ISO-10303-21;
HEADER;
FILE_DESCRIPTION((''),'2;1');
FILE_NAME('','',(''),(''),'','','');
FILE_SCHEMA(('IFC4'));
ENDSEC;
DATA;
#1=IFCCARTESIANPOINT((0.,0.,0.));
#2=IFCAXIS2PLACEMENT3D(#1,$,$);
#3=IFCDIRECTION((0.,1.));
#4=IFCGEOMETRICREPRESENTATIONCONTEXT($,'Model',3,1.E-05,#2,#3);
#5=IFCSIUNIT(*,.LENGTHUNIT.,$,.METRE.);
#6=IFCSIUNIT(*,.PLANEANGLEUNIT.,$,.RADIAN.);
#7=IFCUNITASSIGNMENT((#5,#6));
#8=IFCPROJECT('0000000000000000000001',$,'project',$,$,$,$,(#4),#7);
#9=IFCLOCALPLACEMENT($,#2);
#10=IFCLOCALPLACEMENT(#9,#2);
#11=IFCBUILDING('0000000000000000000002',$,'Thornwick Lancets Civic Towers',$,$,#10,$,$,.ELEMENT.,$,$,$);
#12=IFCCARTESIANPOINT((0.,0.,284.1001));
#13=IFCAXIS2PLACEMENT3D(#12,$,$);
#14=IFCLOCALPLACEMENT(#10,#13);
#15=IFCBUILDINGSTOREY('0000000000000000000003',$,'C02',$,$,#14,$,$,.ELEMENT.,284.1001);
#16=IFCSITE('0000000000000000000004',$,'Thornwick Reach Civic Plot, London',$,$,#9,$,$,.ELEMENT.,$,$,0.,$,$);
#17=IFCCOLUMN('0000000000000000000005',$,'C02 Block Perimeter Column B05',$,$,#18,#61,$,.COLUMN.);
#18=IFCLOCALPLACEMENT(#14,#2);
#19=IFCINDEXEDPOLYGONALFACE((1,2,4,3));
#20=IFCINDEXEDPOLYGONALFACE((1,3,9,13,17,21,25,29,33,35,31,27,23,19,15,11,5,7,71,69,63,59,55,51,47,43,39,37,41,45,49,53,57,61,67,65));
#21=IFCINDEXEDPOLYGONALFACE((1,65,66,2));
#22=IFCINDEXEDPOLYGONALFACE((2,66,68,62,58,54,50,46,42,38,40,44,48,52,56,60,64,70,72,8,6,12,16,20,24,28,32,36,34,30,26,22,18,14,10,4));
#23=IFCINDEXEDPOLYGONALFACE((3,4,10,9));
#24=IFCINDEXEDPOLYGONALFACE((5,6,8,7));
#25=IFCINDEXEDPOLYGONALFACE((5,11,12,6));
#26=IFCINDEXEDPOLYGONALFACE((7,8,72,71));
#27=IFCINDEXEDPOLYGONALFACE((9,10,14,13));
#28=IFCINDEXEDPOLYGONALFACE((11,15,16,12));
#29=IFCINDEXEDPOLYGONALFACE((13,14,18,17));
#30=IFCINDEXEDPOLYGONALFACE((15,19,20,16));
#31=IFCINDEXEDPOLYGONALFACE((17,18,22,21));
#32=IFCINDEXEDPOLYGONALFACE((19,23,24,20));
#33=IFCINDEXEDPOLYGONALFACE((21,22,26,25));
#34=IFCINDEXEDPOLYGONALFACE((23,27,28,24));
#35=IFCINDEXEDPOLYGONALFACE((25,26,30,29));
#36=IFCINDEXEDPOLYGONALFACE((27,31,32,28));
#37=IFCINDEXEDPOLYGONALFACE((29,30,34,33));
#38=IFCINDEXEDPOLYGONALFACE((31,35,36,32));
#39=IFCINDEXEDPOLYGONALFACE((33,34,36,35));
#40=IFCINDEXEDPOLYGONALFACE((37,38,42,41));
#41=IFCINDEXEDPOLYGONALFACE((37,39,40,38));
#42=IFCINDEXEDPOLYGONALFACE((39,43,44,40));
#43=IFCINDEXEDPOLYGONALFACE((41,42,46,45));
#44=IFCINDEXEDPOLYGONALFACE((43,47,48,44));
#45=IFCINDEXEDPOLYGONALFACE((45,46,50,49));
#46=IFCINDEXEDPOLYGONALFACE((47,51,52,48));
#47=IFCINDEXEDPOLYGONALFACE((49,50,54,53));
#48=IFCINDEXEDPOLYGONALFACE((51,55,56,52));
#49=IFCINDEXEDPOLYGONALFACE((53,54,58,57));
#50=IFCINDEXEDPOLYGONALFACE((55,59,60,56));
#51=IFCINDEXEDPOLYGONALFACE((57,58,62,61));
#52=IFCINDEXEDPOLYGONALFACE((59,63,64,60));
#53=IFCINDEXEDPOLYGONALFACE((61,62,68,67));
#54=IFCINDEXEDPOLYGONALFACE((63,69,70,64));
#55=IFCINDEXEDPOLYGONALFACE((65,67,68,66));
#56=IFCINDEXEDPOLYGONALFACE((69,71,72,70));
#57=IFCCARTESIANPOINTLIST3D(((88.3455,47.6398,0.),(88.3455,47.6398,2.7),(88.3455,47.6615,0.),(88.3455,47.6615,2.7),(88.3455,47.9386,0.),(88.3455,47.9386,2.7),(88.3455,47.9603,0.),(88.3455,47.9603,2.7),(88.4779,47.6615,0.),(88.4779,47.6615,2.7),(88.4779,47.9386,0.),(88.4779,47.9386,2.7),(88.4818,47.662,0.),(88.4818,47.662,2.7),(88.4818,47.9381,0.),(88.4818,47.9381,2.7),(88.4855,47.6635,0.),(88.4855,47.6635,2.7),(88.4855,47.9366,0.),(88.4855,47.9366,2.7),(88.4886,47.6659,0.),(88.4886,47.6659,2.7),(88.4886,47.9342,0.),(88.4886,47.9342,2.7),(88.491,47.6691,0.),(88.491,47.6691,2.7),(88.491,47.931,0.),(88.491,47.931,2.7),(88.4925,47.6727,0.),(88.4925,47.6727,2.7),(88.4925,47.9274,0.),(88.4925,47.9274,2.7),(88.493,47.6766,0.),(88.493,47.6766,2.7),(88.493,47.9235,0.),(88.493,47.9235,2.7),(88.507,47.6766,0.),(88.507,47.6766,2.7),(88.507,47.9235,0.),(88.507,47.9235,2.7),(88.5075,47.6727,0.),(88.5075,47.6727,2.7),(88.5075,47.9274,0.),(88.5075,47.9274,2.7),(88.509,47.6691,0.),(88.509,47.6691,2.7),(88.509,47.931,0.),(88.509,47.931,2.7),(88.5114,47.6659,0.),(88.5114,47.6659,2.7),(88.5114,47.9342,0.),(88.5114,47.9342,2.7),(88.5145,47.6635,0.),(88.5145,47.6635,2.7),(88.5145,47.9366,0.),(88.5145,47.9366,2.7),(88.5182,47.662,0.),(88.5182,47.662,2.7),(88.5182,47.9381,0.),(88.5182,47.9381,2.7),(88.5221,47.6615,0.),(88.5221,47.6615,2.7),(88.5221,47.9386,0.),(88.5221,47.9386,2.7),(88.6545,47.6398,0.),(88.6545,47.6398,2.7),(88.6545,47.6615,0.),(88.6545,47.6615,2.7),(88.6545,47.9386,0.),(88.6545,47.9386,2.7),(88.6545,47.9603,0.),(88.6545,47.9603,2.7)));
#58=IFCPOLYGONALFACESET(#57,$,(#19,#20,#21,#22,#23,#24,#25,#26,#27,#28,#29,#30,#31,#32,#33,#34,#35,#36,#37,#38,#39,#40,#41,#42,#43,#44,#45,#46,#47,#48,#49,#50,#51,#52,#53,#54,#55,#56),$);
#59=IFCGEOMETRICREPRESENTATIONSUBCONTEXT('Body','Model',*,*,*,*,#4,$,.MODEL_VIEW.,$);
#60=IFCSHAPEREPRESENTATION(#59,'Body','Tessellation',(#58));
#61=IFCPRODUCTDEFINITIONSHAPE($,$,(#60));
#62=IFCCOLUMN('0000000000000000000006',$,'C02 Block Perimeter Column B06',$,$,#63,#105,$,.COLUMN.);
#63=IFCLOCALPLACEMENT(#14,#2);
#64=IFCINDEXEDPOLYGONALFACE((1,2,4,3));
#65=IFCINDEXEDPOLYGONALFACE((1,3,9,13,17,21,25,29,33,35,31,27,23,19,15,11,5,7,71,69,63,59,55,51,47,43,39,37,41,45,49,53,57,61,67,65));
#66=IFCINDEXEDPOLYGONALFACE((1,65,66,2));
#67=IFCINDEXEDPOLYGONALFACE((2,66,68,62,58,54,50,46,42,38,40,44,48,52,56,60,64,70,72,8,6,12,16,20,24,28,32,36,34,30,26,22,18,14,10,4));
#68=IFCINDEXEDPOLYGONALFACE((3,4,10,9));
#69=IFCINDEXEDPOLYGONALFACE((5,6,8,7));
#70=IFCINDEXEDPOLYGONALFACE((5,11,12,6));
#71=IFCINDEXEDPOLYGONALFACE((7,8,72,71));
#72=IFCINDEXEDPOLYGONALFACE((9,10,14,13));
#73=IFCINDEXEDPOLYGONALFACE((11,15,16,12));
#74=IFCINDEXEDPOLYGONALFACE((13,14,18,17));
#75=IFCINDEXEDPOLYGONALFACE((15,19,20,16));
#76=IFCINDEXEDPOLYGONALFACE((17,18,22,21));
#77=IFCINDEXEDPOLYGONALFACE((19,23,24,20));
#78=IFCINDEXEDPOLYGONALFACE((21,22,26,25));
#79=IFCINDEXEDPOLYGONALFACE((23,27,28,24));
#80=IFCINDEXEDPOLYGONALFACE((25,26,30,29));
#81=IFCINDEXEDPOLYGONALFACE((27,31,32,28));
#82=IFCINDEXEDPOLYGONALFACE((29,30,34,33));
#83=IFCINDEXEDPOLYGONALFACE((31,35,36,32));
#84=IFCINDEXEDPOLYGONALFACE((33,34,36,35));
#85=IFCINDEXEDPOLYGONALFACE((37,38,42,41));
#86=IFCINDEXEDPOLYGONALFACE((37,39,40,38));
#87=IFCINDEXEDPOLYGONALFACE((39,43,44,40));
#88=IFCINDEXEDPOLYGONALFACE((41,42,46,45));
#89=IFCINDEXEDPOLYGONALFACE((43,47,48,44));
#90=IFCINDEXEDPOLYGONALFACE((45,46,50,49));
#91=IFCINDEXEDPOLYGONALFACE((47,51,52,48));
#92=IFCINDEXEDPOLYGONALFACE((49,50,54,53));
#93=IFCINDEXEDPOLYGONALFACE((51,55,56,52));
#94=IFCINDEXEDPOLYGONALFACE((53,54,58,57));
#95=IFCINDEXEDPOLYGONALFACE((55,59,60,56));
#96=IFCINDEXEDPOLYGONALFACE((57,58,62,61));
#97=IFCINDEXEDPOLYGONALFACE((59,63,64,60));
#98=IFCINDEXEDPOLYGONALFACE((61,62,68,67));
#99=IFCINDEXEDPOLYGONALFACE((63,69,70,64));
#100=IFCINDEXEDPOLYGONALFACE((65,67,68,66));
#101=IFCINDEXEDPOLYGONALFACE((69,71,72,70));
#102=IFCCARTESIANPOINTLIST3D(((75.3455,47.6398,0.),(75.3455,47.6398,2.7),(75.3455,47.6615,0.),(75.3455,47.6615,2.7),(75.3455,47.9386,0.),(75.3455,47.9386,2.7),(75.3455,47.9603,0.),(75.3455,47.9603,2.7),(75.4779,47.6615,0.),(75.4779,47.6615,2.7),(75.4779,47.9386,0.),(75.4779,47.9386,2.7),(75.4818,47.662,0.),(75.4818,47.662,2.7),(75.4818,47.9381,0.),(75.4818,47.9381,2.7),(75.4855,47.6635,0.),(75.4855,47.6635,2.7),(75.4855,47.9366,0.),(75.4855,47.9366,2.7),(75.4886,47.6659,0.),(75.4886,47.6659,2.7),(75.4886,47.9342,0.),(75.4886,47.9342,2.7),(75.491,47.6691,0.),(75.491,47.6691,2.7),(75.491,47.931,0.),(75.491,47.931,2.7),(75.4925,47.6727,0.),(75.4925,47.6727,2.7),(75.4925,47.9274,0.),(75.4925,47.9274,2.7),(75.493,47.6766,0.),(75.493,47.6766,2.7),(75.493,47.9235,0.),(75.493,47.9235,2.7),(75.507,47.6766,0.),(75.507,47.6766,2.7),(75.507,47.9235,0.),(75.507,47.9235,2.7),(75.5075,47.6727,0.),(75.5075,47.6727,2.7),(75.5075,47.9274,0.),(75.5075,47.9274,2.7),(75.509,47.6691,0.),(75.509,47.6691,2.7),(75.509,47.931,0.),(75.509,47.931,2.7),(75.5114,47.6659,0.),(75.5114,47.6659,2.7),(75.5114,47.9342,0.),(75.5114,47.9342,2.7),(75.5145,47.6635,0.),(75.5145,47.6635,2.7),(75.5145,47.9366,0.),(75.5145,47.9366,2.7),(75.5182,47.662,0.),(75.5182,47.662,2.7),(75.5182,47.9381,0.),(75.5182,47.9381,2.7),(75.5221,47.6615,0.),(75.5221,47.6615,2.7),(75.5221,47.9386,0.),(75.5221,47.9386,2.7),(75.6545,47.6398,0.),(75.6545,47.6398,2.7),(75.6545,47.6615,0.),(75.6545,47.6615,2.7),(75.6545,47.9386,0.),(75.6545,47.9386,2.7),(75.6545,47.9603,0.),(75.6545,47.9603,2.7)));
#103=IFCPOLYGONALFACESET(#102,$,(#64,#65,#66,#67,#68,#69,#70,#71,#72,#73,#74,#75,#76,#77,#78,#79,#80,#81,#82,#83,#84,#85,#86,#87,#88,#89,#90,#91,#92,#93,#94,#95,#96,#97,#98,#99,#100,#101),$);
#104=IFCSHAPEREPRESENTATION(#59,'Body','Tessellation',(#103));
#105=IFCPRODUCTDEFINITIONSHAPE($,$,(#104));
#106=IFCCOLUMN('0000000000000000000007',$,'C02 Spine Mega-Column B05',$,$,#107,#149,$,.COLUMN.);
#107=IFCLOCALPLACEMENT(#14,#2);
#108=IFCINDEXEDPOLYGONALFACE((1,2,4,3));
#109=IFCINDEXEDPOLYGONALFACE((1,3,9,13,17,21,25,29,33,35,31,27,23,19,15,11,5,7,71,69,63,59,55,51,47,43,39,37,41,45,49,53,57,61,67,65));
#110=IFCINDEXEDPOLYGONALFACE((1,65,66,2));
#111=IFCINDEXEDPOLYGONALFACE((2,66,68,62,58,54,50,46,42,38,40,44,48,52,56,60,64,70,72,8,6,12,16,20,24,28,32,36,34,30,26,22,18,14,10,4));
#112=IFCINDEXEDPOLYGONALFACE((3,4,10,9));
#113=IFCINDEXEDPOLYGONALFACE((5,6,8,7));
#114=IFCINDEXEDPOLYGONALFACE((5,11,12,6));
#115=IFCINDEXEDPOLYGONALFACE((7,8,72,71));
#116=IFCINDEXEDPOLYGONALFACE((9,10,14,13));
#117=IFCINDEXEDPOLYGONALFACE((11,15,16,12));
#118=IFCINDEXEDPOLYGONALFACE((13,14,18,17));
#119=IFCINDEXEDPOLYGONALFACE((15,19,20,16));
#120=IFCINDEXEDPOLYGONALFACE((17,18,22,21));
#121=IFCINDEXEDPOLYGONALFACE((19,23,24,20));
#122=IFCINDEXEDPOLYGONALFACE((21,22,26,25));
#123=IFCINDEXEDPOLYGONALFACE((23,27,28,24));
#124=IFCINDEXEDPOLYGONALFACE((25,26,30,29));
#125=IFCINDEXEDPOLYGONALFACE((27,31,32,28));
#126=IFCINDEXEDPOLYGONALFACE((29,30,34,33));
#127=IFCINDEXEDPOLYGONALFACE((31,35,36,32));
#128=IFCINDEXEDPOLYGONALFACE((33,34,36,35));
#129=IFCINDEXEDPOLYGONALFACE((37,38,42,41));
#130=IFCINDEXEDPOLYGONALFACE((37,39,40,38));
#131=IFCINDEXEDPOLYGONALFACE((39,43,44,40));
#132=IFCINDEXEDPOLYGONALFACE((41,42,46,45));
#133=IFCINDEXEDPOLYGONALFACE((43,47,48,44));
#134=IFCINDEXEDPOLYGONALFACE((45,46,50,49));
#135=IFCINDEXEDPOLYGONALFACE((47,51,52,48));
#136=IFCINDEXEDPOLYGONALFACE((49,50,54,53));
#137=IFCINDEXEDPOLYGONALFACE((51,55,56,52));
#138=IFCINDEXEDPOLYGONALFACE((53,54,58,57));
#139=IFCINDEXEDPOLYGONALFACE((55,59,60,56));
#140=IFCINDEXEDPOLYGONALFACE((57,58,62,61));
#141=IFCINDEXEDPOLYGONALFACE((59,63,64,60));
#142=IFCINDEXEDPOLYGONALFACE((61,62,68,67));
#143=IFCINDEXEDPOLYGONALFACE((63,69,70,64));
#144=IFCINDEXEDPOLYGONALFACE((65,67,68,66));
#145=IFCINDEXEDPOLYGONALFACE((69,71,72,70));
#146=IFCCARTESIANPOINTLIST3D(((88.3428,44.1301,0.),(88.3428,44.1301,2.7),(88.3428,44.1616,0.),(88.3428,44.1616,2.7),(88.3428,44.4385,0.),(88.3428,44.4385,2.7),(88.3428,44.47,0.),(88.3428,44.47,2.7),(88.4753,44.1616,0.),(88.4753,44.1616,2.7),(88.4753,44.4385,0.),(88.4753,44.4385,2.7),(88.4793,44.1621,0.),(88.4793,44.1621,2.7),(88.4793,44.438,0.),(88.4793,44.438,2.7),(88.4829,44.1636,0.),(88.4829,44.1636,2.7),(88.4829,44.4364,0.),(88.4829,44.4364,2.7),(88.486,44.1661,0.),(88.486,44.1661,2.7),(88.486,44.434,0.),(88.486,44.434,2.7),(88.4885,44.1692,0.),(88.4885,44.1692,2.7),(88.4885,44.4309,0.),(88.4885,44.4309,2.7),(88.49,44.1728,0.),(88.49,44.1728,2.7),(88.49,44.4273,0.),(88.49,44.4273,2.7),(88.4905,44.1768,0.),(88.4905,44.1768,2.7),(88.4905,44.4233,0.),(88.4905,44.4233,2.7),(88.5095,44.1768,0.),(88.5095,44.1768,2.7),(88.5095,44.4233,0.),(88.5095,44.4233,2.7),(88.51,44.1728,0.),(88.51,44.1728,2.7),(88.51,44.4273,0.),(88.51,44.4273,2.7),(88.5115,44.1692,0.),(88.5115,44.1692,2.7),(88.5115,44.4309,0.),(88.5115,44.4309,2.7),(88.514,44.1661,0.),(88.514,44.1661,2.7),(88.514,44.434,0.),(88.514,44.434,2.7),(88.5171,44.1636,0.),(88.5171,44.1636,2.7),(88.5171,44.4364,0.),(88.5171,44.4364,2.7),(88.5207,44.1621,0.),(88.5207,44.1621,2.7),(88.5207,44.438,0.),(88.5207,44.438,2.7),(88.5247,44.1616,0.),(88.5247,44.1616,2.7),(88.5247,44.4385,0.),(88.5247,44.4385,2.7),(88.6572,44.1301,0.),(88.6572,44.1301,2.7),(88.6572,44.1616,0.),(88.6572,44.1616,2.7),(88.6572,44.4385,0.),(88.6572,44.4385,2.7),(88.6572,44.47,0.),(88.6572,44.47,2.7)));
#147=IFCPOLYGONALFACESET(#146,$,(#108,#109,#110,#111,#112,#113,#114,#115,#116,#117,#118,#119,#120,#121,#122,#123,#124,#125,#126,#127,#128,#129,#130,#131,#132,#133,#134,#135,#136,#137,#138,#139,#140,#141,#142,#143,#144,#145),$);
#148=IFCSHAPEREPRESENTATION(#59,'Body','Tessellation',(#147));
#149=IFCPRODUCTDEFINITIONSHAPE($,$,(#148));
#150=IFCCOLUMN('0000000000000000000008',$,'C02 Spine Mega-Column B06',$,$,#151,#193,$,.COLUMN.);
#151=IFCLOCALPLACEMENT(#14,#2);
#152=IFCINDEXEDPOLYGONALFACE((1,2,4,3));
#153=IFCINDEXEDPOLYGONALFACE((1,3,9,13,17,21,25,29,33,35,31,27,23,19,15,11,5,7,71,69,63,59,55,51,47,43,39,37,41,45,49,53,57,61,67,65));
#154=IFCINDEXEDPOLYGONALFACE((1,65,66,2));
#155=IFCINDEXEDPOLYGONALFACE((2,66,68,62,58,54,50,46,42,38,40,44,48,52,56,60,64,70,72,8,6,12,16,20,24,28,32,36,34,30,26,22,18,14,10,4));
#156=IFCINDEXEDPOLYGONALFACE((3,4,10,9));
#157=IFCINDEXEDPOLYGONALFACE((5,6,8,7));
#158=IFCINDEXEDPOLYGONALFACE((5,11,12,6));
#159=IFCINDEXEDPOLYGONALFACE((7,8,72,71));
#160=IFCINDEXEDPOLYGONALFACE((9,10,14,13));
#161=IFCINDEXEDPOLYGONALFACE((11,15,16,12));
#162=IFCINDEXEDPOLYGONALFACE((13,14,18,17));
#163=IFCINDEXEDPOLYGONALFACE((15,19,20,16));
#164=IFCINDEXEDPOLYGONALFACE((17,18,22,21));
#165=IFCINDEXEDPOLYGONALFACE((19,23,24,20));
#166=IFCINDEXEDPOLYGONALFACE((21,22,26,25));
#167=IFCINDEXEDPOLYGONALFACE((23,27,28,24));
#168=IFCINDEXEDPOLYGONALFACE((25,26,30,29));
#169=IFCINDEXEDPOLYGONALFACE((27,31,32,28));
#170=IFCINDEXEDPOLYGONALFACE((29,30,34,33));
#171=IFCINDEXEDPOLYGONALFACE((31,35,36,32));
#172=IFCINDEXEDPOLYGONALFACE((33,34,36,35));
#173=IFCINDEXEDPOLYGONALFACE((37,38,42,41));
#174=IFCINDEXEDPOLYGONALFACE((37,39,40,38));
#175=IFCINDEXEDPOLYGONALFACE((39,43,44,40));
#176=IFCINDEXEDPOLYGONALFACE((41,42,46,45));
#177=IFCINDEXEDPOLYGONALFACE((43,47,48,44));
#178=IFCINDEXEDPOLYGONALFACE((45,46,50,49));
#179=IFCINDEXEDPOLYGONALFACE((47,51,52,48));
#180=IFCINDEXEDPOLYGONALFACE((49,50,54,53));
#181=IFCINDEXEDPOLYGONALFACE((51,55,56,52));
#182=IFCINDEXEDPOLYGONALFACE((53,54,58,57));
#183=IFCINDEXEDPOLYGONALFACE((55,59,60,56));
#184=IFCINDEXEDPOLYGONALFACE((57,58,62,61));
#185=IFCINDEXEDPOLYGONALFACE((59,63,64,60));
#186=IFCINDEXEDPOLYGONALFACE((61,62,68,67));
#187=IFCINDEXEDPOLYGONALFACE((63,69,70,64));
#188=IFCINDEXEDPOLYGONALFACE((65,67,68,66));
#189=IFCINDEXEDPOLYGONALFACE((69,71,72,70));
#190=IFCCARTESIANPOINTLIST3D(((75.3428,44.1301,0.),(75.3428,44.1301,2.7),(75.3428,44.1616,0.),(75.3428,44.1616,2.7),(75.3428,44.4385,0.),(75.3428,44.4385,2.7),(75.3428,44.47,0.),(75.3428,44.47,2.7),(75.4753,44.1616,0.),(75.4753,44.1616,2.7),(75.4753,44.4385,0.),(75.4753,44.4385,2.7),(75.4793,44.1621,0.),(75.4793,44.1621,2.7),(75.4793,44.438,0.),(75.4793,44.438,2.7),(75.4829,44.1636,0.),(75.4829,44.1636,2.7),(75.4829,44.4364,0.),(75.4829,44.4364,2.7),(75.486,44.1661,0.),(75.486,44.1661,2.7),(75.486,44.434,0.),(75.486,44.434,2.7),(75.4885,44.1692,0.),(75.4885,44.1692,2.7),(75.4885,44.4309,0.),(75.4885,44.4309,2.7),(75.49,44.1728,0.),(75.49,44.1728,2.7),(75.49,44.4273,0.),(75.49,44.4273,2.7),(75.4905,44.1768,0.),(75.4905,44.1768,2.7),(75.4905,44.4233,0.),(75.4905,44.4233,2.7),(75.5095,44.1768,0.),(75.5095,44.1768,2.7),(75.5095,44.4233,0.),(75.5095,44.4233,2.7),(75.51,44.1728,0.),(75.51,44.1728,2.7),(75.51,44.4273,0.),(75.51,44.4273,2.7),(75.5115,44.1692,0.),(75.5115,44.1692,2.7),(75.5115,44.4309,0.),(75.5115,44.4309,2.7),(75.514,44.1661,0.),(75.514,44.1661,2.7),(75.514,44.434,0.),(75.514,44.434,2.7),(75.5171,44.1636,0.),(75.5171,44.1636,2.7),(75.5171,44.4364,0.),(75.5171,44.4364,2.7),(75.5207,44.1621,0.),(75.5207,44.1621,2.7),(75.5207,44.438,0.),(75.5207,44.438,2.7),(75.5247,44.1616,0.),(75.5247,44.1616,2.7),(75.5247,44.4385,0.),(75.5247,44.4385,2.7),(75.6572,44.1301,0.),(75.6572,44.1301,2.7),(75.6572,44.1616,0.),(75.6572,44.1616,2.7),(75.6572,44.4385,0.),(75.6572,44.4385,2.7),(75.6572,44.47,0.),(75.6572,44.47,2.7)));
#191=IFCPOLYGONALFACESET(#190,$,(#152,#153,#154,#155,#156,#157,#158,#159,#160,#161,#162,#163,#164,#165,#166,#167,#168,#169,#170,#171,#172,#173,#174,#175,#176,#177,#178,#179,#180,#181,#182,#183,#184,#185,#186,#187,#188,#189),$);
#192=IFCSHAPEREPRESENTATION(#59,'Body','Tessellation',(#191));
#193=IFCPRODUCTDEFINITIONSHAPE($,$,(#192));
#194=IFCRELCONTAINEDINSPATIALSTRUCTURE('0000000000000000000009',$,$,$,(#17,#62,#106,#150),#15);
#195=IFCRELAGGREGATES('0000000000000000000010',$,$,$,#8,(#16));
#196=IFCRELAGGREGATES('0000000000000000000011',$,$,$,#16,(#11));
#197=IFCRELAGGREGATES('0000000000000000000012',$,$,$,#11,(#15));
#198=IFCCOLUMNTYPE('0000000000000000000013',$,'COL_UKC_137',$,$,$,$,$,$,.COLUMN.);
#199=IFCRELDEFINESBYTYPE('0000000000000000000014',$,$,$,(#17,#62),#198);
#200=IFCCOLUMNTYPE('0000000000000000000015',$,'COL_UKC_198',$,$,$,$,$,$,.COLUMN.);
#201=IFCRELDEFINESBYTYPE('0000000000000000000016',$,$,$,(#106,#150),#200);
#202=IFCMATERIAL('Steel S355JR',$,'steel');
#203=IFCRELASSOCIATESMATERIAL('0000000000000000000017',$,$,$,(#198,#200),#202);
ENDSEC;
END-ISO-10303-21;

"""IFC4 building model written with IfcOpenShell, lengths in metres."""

from ifc_helpers import new_model, si_unit, direction, frame, origin, origin_2d, place, context, subcontext, project, spatial, i_section, extrude, material, material_profile, profile_set, type_object, element, save


model = new_model("IFC4")

# Units and contexts
model_context = context("Model", 3, precision=1e-05, world=origin(), true_north=direction((0.0, 1.0)))
body_context = subcontext(model_context, "Body", "Model", "MODEL_VIEW")
ifc_project = project(units=[si_unit("LENGTHUNIT", "METRE"), si_unit("PLANEANGLEUNIT", "RADIAN")], contexts=[model_context])

# Site, building, storey
site_placement = place(None, origin())
site = spatial("IfcSite", under=ifc_project, at=site_placement, Name="Thornwick Reach Civic Plot, London", CompositionType="ELEMENT", RefElevation=0.0)
building_placement = place(site_placement, origin())
building = spatial("IfcBuilding", under=site, at=building_placement, Name="Thornwick Lancets Civic Towers", CompositionType="ELEMENT")
storey_placement = place(building_placement, frame((0.0, 0.0, 284.1001)))
storey = spatial("IfcBuildingStorey", under=building, at=storey_placement, Name="C02", CompositionType="ELEMENT", Elevation=284.1001)

# Columns
ifc_material_1 = material(Name="Steel S355JR", Category="steel")
ifc_material_profile_1 = material_profile(ifc_material_1, i_section(OverallWidth=0.3091, OverallDepth=0.3206, WebThickness=0.0139, FlangeThickness=0.0217, FilletRadius=0.0151, at=origin_2d()), Name="UKC 305x305x137")
ifc_profile_set_1 = profile_set([ifc_material_profile_1], Name="Steel S355JR")
column_type_1 = type_object("IfcColumnType", Name="COL_UKC_137", PredefinedType="COLUMN", material=ifc_profile_set_1)
for number, where, z_axis, x_axis, name in (
    (1, (88.5, 47.8, 0.0), (0.0, 0.0, 1.0), (1.0, 0.0, 0.0), "C02 Block Perimeter Column B05"),
    (2, (75.5, 47.8, 0.0), (0.0, 0.0, 1.0), (1.0, 0.0, 0.0), "C02 Block Perimeter Column B06"),
):
    element("IfcColumn", number, at=place(storey_placement, frame(where, z_axis=z_axis, x_axis=x_axis)), inside=storey, type_object=column_type_1, Name=name, PredefinedType="COLUMN", context=body_context, shape_type="SweptSolid", body=[
        extrude(i_section(OverallWidth=0.3091, OverallDepth=0.3206, WebThickness=0.0139, FlangeThickness=0.0217, FilletRadius=0.0151, at=origin_2d()), origin(), (0.0, 0.0, 1.0), 2.7),
    ])
ifc_material_profile_2 = material_profile(ifc_material_1, i_section(OverallWidth=0.3145, OverallDepth=0.3398, WebThickness=0.019, FlangeThickness=0.0315, FilletRadius=0.0151, at=origin_2d()), Name="UKC 305x305x198")
ifc_profile_set_2 = profile_set([ifc_material_profile_2], Name="Steel S355JR")
column_type_2 = type_object("IfcColumnType", Name="COL_UKC_198", PredefinedType="COLUMN", material=ifc_profile_set_2)
for number, where, z_axis, x_axis, name in (
    (3, (88.5, 44.3, 0.0), (0.0, 0.0, 1.0), (1.0, 0.0, 0.0), "C02 Spine Mega-Column B05"),
    (4, (75.5, 44.3, 0.0), (0.0, 0.0, 1.0), (1.0, 0.0, 0.0), "C02 Spine Mega-Column B06"),
):
    element("IfcColumn", number, at=place(storey_placement, frame(where, z_axis=z_axis, x_axis=x_axis)), inside=storey, type_object=column_type_2, Name=name, PredefinedType="COLUMN", context=body_context, shape_type="SweptSolid", body=[
        extrude(i_section(OverallWidth=0.3145, OverallDepth=0.3398, WebThickness=0.019, FlangeThickness=0.0315, FilletRadius=0.0151, at=origin_2d()), origin(), (0.0, 0.0, 1.0), 2.7),
    ])

save(model, "model.ifc")
